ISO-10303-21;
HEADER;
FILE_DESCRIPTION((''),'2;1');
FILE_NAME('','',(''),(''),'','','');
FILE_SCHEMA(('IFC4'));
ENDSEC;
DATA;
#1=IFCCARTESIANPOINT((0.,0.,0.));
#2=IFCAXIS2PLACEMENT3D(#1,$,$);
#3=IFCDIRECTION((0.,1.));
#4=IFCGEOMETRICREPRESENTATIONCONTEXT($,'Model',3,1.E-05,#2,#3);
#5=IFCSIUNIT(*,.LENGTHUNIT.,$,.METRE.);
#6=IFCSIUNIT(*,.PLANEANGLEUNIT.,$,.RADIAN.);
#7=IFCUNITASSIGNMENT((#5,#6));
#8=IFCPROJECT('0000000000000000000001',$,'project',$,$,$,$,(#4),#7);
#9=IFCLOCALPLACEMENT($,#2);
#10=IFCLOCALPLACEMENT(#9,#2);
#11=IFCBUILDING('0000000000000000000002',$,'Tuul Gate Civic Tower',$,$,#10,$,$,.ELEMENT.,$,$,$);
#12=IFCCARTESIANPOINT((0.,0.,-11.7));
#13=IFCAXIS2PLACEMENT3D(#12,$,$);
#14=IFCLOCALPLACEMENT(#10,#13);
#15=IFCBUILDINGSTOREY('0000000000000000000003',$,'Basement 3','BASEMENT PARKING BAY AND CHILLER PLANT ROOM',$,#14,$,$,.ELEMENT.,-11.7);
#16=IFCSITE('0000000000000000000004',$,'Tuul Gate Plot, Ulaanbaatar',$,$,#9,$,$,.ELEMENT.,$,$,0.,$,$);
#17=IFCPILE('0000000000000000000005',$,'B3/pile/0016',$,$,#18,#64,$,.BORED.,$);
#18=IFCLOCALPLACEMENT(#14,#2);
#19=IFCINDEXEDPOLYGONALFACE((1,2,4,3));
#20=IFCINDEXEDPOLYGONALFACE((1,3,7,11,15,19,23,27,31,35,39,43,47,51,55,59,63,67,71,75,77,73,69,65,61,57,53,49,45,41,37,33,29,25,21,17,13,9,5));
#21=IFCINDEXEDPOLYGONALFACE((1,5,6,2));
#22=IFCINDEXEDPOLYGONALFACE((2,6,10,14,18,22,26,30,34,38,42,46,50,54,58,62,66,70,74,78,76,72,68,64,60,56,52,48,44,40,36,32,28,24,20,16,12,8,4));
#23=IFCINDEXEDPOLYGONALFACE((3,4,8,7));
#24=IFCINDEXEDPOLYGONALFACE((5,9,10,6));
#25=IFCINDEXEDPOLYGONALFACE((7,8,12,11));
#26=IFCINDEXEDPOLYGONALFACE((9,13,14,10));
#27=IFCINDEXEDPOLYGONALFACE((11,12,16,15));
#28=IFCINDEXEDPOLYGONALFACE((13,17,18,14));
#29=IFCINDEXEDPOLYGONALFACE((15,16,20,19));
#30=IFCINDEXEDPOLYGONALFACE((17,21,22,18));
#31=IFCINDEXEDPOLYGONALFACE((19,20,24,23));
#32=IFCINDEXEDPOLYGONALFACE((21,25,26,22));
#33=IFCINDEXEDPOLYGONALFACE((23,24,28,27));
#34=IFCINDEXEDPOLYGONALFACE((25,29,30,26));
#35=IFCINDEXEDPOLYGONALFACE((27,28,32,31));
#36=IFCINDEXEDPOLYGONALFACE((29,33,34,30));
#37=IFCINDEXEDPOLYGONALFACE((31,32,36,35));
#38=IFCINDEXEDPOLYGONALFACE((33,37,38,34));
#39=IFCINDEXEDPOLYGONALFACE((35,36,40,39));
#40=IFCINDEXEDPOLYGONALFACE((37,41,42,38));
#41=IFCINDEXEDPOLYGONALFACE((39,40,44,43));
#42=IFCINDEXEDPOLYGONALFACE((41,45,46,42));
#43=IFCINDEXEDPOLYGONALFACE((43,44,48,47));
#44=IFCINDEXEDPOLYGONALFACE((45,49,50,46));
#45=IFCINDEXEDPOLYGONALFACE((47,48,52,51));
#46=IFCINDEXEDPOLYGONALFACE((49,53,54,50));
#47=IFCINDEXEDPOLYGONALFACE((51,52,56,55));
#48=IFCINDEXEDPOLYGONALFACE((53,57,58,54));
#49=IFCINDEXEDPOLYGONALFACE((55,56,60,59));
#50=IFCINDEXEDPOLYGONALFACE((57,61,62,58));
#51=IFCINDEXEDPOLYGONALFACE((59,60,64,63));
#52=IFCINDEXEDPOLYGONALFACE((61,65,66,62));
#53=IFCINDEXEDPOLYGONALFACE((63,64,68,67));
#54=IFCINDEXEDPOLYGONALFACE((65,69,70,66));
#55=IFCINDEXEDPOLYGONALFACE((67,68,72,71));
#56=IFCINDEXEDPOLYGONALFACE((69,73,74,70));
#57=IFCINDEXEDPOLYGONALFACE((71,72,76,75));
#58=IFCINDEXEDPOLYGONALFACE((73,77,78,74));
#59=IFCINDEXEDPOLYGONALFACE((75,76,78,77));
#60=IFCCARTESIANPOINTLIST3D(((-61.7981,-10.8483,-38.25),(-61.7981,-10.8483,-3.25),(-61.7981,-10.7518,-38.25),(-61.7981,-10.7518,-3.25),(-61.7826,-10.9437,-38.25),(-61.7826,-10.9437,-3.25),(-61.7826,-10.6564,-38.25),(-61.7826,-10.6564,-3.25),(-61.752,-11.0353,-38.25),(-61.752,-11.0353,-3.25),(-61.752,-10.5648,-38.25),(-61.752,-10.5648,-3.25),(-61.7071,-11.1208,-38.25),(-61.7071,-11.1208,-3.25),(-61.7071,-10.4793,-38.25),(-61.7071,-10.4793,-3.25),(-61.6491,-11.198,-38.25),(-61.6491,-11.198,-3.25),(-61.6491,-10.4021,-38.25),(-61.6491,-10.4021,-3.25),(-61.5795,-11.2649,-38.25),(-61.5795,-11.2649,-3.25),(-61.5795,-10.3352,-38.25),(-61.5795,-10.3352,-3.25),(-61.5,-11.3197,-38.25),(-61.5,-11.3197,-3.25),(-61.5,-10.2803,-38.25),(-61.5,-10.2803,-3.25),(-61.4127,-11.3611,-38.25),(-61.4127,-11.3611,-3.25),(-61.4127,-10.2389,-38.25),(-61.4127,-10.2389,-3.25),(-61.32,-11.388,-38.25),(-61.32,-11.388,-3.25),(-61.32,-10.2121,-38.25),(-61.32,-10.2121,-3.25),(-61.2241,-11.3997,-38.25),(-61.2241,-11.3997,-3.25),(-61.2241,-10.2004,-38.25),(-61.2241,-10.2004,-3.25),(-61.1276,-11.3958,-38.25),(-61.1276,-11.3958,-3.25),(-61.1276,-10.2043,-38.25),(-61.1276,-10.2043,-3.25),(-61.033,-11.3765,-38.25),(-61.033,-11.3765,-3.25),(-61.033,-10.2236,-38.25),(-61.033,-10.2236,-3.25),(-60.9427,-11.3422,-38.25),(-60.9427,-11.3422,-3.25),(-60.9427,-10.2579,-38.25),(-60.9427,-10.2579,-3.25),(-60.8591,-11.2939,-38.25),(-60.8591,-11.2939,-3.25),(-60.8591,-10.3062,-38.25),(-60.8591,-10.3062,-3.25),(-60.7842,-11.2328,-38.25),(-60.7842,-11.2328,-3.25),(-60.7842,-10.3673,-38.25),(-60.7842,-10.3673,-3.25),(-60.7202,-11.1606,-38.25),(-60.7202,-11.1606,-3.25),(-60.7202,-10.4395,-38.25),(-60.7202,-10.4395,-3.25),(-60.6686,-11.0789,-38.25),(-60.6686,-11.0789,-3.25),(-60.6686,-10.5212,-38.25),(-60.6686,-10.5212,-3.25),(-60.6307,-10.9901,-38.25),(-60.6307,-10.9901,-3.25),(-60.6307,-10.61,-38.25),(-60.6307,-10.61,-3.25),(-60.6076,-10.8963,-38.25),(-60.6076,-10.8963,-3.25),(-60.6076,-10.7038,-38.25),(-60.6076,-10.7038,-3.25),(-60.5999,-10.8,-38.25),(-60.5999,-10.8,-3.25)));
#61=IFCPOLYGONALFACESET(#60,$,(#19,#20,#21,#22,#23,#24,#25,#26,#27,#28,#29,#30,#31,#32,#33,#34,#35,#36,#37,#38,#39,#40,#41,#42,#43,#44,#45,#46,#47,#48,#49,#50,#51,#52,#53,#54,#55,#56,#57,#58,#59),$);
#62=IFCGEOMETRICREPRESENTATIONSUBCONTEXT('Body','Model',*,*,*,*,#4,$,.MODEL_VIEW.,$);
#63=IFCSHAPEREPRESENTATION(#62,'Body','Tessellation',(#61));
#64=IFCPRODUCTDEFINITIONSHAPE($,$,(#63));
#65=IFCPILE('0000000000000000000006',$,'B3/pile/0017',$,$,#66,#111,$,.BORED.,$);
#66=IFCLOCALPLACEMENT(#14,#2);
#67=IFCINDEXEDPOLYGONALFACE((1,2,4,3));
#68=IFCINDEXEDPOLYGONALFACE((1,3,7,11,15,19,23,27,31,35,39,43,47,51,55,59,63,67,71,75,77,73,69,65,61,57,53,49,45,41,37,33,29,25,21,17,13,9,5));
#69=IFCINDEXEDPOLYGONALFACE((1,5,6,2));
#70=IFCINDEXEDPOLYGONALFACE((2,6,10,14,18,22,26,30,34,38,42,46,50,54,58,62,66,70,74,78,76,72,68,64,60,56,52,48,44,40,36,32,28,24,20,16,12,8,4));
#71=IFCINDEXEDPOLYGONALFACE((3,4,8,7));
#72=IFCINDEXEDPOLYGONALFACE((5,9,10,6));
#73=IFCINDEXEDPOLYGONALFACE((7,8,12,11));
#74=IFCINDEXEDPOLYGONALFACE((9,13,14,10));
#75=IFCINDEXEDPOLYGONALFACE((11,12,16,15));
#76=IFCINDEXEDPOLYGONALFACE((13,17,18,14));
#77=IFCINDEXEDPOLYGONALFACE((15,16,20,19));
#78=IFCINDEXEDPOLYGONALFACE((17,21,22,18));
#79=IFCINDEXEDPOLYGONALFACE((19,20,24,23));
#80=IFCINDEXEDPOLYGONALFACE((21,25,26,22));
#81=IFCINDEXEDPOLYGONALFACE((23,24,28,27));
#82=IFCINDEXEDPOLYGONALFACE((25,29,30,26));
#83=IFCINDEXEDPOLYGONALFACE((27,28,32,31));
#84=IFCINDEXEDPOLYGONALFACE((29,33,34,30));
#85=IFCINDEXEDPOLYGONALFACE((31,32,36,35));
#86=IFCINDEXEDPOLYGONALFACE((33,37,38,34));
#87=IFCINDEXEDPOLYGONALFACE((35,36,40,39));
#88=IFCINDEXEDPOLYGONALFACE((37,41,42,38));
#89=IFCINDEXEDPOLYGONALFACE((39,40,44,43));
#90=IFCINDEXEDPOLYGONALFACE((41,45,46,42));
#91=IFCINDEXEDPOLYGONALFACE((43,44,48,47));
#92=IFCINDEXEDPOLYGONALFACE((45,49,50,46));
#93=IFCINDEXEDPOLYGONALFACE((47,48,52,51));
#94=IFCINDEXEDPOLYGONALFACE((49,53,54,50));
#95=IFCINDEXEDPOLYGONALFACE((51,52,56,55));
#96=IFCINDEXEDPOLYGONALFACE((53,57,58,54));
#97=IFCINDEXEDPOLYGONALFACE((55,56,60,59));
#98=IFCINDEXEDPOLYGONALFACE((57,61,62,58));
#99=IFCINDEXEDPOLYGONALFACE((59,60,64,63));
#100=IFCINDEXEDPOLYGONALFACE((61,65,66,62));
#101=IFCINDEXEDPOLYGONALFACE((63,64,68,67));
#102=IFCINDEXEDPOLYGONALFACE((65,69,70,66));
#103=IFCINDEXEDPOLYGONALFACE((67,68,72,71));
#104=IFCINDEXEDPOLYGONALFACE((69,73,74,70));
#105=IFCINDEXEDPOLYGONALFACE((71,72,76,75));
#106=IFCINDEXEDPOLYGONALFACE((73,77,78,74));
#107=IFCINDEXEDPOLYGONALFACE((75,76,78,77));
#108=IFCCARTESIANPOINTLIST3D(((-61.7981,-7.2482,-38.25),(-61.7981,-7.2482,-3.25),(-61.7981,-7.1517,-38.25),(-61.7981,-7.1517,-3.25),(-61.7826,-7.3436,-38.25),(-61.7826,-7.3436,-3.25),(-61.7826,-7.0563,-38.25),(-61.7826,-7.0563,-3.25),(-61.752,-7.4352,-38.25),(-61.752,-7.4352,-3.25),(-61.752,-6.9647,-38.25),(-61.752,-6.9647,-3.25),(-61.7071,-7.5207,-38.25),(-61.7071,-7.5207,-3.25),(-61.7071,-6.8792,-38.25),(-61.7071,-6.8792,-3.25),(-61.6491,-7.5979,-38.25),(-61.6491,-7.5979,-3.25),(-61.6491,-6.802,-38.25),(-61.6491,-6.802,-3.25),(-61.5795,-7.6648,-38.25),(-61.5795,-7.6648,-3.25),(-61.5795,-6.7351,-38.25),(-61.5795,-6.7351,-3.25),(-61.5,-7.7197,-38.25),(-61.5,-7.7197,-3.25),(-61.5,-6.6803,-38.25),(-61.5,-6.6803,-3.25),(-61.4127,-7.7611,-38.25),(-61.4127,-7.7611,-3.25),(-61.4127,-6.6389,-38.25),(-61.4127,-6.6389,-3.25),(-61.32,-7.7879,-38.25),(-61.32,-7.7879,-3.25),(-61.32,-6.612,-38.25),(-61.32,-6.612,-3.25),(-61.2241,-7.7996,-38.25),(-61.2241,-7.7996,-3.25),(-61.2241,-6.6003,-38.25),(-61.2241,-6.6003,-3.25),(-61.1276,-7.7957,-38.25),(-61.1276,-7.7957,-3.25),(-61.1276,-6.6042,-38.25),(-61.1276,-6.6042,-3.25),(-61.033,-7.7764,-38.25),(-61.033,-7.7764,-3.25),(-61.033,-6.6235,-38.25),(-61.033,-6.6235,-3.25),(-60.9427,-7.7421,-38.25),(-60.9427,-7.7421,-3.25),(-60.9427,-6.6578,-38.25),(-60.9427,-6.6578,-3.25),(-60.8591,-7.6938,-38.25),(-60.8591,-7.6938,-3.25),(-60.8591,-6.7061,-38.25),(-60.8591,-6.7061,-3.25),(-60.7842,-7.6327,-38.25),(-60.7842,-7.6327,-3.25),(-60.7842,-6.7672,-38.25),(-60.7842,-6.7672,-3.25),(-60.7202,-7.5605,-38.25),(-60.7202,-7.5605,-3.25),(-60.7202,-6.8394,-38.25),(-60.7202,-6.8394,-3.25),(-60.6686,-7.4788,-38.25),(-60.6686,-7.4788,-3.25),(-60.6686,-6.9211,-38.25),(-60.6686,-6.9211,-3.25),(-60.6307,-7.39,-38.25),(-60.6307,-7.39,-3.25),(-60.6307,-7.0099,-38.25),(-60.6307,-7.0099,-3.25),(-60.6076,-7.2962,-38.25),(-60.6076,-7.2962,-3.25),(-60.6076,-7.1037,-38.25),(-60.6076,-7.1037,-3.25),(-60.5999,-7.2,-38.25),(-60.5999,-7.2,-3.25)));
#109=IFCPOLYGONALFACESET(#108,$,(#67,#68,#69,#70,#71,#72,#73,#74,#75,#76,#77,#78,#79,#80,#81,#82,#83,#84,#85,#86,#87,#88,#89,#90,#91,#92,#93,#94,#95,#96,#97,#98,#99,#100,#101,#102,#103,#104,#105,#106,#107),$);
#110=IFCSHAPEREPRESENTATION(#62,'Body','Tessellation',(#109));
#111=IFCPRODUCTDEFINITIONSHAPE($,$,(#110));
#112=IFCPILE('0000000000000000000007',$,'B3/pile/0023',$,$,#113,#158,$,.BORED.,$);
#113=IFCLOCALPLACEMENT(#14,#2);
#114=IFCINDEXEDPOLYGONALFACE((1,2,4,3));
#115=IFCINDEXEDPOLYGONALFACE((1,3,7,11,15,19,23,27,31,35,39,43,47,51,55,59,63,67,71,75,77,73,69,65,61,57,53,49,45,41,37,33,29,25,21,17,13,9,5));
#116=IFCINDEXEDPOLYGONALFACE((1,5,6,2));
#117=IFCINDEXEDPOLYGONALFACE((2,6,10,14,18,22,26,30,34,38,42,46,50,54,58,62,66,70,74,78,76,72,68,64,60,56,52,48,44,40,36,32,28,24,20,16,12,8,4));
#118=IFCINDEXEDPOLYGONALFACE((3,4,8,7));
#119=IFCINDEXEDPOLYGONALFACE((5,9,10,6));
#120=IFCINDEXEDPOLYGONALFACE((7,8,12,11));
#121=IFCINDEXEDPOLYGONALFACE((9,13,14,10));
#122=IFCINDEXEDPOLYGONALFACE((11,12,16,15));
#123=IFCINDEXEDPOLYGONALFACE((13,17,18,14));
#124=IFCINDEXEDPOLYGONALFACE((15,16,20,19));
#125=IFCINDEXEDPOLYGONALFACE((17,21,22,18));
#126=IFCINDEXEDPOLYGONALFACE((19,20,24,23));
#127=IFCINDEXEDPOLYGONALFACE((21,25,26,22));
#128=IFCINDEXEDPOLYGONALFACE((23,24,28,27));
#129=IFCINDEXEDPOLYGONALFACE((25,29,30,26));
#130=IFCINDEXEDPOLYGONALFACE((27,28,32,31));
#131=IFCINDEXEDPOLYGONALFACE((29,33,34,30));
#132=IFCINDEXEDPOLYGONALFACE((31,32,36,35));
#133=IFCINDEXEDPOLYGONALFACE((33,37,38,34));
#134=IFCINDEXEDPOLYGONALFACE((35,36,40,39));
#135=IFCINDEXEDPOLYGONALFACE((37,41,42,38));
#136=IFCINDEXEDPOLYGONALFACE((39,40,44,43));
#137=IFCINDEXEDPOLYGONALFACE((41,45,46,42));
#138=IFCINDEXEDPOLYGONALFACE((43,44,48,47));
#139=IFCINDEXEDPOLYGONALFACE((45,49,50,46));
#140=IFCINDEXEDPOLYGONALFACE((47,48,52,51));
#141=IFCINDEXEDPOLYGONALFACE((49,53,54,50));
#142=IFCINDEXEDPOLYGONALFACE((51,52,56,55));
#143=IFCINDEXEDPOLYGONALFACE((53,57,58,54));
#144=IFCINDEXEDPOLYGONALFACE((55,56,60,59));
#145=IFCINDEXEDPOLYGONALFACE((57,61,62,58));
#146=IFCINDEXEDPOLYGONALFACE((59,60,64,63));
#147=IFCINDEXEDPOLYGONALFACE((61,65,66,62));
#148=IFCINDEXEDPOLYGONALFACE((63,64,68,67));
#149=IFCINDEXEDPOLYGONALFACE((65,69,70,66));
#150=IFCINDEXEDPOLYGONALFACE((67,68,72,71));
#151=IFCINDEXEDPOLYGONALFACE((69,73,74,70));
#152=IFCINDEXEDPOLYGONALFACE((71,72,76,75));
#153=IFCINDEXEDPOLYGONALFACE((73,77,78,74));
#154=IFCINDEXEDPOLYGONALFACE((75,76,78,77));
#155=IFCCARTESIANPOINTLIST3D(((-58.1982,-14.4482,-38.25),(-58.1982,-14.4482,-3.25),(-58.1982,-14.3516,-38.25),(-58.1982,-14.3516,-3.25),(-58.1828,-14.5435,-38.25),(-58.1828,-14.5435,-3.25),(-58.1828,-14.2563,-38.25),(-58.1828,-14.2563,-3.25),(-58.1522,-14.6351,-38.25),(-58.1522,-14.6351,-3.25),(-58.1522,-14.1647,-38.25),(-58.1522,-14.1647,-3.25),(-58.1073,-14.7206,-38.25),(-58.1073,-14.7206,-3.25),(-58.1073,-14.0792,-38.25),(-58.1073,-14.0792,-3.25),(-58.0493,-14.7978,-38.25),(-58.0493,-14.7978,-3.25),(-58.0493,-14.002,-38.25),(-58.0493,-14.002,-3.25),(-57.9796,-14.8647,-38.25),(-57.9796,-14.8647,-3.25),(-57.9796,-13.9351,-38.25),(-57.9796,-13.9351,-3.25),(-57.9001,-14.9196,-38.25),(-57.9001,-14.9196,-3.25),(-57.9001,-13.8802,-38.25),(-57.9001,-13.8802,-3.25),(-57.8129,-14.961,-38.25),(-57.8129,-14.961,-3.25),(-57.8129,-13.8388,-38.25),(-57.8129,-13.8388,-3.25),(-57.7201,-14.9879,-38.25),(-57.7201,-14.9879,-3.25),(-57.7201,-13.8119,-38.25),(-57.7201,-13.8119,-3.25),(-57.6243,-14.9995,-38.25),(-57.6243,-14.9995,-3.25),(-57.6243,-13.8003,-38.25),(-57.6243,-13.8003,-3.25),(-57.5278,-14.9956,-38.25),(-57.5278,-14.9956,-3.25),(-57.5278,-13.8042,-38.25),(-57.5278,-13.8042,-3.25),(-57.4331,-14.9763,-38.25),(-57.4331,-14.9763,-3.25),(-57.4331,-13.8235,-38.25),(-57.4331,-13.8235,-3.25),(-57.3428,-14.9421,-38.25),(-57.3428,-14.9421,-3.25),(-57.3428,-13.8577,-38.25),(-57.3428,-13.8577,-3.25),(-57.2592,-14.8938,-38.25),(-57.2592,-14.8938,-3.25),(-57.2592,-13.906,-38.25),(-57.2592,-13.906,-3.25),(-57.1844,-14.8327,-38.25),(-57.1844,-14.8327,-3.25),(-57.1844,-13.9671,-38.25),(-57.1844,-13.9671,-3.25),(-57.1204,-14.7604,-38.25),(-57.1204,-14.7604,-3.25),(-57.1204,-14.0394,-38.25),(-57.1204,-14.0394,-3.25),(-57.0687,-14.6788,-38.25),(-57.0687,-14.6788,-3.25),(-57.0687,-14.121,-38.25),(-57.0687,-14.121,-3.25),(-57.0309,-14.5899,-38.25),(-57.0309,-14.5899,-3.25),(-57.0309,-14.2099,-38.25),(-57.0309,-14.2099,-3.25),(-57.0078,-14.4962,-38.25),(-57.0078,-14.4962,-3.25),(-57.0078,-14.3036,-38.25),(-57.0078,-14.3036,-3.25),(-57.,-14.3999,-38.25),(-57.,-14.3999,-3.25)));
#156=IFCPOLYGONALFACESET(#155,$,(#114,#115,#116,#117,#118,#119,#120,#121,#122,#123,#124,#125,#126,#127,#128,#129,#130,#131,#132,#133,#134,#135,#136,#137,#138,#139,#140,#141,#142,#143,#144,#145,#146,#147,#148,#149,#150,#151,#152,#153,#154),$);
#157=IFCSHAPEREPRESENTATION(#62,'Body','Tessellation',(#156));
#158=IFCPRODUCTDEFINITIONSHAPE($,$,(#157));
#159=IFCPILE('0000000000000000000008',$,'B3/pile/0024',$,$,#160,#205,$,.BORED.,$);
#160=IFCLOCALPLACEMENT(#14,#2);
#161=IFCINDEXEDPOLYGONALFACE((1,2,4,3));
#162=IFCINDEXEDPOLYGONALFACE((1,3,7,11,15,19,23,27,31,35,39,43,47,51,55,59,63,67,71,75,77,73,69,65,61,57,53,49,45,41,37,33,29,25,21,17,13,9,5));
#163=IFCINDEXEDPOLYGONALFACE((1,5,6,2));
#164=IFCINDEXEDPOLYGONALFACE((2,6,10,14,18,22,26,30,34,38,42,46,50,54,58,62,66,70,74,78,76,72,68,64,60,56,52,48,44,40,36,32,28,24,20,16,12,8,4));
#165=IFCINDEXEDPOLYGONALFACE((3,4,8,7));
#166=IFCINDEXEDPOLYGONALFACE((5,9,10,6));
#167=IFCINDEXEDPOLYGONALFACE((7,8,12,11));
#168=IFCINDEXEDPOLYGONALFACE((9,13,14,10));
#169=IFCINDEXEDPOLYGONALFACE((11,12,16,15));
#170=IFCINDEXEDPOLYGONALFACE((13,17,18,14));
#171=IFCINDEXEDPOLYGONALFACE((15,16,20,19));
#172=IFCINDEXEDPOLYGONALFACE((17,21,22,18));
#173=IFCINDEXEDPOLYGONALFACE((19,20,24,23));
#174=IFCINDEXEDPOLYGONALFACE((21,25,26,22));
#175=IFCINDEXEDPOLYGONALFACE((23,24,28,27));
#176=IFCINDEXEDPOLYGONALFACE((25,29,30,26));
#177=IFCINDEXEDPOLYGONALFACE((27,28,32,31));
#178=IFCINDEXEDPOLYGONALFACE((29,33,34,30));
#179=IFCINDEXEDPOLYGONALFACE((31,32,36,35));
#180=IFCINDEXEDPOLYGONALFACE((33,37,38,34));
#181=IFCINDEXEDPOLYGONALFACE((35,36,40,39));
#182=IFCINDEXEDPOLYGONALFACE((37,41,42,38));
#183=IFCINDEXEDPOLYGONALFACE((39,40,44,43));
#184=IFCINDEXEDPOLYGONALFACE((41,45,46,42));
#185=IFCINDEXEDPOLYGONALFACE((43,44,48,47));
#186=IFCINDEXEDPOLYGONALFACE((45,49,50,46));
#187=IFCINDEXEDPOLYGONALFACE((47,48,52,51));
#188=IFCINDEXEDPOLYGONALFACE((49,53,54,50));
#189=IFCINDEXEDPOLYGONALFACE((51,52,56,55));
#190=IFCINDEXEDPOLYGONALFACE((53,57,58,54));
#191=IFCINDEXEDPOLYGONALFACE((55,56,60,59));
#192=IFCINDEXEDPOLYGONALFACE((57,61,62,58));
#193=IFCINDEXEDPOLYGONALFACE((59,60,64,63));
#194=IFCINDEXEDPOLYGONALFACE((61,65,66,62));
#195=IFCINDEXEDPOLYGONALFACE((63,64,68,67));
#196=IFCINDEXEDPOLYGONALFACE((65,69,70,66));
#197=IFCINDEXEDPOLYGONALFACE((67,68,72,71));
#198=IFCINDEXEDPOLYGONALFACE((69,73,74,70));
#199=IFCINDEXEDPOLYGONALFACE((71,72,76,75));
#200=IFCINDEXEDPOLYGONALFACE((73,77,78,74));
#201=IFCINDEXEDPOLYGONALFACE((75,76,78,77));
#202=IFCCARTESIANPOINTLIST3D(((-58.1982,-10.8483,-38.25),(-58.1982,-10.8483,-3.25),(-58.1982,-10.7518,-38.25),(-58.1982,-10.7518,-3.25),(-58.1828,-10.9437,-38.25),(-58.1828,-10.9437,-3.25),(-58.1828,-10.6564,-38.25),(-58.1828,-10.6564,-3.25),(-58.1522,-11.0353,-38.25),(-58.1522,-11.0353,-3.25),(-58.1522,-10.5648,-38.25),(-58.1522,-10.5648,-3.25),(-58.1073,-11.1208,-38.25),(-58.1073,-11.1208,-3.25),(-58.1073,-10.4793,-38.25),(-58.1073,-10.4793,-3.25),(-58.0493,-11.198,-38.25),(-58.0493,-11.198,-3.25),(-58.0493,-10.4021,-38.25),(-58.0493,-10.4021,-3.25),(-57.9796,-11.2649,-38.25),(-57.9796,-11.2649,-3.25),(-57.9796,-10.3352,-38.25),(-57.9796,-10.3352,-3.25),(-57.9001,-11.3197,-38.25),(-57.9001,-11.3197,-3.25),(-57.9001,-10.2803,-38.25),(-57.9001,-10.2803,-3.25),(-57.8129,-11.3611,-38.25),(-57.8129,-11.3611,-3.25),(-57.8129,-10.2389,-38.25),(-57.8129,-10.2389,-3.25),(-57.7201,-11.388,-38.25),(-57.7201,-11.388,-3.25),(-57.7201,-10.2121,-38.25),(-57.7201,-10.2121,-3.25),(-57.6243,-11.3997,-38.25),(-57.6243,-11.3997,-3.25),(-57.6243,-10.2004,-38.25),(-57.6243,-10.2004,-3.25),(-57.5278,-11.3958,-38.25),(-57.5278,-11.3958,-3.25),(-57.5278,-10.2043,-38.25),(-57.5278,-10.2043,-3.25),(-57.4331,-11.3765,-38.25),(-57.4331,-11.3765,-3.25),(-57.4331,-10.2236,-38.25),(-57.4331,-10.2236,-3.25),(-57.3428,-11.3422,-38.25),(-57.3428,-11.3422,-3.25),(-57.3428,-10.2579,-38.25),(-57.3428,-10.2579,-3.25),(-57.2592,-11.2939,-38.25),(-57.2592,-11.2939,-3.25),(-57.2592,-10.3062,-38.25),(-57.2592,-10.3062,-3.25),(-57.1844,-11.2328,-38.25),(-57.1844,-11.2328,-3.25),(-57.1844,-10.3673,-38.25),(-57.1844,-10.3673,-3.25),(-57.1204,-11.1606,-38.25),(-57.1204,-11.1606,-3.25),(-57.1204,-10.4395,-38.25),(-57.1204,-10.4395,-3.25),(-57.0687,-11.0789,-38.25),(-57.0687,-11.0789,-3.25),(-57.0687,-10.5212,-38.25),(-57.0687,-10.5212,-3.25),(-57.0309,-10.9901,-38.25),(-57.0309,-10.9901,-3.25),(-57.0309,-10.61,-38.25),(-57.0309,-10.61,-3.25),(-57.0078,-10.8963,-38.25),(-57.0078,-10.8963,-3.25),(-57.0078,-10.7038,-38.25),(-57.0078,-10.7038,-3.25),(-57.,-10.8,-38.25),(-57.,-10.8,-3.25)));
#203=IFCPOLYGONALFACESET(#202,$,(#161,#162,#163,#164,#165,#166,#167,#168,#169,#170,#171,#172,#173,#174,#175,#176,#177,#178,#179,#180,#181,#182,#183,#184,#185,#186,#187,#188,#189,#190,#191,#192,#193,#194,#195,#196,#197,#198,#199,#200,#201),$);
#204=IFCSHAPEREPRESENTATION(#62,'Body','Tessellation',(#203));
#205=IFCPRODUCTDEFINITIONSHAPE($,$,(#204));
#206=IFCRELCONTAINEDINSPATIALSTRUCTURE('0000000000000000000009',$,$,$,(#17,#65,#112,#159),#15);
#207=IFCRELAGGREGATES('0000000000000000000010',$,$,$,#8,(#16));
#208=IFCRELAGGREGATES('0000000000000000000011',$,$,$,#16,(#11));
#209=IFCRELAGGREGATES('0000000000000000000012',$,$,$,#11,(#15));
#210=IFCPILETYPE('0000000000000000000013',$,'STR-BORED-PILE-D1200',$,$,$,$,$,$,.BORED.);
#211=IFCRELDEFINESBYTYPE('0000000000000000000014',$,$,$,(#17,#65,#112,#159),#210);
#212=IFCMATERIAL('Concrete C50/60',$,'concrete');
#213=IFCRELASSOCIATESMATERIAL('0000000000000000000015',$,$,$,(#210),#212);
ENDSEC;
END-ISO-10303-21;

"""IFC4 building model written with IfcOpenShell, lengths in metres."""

from ifc_helpers import new_model, si_unit, direction, frame, origin, origin_2d, place, context, subcontext, project, spatial, circle, extrude, material, material_profile, profile_set, type_object, element, save


model = new_model("IFC4")

# Units and contexts
model_context = context("Model", 3, precision=1e-05, world=origin(), true_north=direction((0.0, 1.0)))
body_context = subcontext(model_context, "Body", "Model", "MODEL_VIEW")
ifc_project = project(units=[si_unit("LENGTHUNIT", "METRE"), si_unit("PLANEANGLEUNIT", "RADIAN")], contexts=[model_context])

# Site, building, storey
site_placement = place(None, origin())
site = spatial("IfcSite", under=ifc_project, at=site_placement, Name="Tuul Gate Plot, Ulaanbaatar", CompositionType="ELEMENT", RefElevation=0.0)
building_placement = place(site_placement, origin())
building = spatial("IfcBuilding", under=site, at=building_placement, Name="Tuul Gate Civic Tower", CompositionType="ELEMENT")
storey_placement = place(building_placement, frame((0.0, 0.0, -11.7)))
storey = spatial("IfcBuildingStorey", under=building, at=storey_placement, Name="Basement 3", Description="BASEMENT PARKING BAY AND CHILLER PLANT ROOM", CompositionType="ELEMENT", Elevation=-11.7)

# Piles
ifc_material_1 = material(Name="Concrete C50/60", Category="concrete")
ifc_material_profile_1 = material_profile(ifc_material_1, circle(Radius=0.6001, at=origin_2d()), Name="PILE1200")
ifc_profile_set_1 = profile_set([ifc_material_profile_1], Name="Concrete C50/60")
pile_type = type_object("IfcPileType", Name="STR-BORED-PILE-D1200", PredefinedType="BORED", material=ifc_profile_set_1)
for number, where, z_axis, x_axis, name in (
    (1, (-61.2, -10.8, -3.25), (0.0, 0.0, -1.0), (1.0, 0.0, 0.0), "B3/pile/0016"),
    (2, (-61.2, -7.2, -3.25), (0.0, 0.0, -1.0), (1.0, 0.0, 0.0), "B3/pile/0017"),
    (3, (-57.6001, -14.3999, -3.25), (0.0, 0.0, -1.0), (1.0, 0.0, 0.0), "B3/pile/0023"),
    (4, (-57.6001, -10.8, -3.25), (0.0, 0.0, -1.0), (1.0, 0.0, 0.0), "B3/pile/0024"),
):
    element("IfcPile", number, at=place(storey_placement, frame(where, z_axis=z_axis, x_axis=x_axis)), inside=storey, type_object=pile_type, Name=name, PredefinedType="BORED", context=body_context, shape_type="SweptSolid", body=[
        extrude(circle(Radius=0.6001, at=origin_2d()), origin(), (0.0, 0.0, 1.0), 35.0),
    ])

save(model, "model.ifc")
